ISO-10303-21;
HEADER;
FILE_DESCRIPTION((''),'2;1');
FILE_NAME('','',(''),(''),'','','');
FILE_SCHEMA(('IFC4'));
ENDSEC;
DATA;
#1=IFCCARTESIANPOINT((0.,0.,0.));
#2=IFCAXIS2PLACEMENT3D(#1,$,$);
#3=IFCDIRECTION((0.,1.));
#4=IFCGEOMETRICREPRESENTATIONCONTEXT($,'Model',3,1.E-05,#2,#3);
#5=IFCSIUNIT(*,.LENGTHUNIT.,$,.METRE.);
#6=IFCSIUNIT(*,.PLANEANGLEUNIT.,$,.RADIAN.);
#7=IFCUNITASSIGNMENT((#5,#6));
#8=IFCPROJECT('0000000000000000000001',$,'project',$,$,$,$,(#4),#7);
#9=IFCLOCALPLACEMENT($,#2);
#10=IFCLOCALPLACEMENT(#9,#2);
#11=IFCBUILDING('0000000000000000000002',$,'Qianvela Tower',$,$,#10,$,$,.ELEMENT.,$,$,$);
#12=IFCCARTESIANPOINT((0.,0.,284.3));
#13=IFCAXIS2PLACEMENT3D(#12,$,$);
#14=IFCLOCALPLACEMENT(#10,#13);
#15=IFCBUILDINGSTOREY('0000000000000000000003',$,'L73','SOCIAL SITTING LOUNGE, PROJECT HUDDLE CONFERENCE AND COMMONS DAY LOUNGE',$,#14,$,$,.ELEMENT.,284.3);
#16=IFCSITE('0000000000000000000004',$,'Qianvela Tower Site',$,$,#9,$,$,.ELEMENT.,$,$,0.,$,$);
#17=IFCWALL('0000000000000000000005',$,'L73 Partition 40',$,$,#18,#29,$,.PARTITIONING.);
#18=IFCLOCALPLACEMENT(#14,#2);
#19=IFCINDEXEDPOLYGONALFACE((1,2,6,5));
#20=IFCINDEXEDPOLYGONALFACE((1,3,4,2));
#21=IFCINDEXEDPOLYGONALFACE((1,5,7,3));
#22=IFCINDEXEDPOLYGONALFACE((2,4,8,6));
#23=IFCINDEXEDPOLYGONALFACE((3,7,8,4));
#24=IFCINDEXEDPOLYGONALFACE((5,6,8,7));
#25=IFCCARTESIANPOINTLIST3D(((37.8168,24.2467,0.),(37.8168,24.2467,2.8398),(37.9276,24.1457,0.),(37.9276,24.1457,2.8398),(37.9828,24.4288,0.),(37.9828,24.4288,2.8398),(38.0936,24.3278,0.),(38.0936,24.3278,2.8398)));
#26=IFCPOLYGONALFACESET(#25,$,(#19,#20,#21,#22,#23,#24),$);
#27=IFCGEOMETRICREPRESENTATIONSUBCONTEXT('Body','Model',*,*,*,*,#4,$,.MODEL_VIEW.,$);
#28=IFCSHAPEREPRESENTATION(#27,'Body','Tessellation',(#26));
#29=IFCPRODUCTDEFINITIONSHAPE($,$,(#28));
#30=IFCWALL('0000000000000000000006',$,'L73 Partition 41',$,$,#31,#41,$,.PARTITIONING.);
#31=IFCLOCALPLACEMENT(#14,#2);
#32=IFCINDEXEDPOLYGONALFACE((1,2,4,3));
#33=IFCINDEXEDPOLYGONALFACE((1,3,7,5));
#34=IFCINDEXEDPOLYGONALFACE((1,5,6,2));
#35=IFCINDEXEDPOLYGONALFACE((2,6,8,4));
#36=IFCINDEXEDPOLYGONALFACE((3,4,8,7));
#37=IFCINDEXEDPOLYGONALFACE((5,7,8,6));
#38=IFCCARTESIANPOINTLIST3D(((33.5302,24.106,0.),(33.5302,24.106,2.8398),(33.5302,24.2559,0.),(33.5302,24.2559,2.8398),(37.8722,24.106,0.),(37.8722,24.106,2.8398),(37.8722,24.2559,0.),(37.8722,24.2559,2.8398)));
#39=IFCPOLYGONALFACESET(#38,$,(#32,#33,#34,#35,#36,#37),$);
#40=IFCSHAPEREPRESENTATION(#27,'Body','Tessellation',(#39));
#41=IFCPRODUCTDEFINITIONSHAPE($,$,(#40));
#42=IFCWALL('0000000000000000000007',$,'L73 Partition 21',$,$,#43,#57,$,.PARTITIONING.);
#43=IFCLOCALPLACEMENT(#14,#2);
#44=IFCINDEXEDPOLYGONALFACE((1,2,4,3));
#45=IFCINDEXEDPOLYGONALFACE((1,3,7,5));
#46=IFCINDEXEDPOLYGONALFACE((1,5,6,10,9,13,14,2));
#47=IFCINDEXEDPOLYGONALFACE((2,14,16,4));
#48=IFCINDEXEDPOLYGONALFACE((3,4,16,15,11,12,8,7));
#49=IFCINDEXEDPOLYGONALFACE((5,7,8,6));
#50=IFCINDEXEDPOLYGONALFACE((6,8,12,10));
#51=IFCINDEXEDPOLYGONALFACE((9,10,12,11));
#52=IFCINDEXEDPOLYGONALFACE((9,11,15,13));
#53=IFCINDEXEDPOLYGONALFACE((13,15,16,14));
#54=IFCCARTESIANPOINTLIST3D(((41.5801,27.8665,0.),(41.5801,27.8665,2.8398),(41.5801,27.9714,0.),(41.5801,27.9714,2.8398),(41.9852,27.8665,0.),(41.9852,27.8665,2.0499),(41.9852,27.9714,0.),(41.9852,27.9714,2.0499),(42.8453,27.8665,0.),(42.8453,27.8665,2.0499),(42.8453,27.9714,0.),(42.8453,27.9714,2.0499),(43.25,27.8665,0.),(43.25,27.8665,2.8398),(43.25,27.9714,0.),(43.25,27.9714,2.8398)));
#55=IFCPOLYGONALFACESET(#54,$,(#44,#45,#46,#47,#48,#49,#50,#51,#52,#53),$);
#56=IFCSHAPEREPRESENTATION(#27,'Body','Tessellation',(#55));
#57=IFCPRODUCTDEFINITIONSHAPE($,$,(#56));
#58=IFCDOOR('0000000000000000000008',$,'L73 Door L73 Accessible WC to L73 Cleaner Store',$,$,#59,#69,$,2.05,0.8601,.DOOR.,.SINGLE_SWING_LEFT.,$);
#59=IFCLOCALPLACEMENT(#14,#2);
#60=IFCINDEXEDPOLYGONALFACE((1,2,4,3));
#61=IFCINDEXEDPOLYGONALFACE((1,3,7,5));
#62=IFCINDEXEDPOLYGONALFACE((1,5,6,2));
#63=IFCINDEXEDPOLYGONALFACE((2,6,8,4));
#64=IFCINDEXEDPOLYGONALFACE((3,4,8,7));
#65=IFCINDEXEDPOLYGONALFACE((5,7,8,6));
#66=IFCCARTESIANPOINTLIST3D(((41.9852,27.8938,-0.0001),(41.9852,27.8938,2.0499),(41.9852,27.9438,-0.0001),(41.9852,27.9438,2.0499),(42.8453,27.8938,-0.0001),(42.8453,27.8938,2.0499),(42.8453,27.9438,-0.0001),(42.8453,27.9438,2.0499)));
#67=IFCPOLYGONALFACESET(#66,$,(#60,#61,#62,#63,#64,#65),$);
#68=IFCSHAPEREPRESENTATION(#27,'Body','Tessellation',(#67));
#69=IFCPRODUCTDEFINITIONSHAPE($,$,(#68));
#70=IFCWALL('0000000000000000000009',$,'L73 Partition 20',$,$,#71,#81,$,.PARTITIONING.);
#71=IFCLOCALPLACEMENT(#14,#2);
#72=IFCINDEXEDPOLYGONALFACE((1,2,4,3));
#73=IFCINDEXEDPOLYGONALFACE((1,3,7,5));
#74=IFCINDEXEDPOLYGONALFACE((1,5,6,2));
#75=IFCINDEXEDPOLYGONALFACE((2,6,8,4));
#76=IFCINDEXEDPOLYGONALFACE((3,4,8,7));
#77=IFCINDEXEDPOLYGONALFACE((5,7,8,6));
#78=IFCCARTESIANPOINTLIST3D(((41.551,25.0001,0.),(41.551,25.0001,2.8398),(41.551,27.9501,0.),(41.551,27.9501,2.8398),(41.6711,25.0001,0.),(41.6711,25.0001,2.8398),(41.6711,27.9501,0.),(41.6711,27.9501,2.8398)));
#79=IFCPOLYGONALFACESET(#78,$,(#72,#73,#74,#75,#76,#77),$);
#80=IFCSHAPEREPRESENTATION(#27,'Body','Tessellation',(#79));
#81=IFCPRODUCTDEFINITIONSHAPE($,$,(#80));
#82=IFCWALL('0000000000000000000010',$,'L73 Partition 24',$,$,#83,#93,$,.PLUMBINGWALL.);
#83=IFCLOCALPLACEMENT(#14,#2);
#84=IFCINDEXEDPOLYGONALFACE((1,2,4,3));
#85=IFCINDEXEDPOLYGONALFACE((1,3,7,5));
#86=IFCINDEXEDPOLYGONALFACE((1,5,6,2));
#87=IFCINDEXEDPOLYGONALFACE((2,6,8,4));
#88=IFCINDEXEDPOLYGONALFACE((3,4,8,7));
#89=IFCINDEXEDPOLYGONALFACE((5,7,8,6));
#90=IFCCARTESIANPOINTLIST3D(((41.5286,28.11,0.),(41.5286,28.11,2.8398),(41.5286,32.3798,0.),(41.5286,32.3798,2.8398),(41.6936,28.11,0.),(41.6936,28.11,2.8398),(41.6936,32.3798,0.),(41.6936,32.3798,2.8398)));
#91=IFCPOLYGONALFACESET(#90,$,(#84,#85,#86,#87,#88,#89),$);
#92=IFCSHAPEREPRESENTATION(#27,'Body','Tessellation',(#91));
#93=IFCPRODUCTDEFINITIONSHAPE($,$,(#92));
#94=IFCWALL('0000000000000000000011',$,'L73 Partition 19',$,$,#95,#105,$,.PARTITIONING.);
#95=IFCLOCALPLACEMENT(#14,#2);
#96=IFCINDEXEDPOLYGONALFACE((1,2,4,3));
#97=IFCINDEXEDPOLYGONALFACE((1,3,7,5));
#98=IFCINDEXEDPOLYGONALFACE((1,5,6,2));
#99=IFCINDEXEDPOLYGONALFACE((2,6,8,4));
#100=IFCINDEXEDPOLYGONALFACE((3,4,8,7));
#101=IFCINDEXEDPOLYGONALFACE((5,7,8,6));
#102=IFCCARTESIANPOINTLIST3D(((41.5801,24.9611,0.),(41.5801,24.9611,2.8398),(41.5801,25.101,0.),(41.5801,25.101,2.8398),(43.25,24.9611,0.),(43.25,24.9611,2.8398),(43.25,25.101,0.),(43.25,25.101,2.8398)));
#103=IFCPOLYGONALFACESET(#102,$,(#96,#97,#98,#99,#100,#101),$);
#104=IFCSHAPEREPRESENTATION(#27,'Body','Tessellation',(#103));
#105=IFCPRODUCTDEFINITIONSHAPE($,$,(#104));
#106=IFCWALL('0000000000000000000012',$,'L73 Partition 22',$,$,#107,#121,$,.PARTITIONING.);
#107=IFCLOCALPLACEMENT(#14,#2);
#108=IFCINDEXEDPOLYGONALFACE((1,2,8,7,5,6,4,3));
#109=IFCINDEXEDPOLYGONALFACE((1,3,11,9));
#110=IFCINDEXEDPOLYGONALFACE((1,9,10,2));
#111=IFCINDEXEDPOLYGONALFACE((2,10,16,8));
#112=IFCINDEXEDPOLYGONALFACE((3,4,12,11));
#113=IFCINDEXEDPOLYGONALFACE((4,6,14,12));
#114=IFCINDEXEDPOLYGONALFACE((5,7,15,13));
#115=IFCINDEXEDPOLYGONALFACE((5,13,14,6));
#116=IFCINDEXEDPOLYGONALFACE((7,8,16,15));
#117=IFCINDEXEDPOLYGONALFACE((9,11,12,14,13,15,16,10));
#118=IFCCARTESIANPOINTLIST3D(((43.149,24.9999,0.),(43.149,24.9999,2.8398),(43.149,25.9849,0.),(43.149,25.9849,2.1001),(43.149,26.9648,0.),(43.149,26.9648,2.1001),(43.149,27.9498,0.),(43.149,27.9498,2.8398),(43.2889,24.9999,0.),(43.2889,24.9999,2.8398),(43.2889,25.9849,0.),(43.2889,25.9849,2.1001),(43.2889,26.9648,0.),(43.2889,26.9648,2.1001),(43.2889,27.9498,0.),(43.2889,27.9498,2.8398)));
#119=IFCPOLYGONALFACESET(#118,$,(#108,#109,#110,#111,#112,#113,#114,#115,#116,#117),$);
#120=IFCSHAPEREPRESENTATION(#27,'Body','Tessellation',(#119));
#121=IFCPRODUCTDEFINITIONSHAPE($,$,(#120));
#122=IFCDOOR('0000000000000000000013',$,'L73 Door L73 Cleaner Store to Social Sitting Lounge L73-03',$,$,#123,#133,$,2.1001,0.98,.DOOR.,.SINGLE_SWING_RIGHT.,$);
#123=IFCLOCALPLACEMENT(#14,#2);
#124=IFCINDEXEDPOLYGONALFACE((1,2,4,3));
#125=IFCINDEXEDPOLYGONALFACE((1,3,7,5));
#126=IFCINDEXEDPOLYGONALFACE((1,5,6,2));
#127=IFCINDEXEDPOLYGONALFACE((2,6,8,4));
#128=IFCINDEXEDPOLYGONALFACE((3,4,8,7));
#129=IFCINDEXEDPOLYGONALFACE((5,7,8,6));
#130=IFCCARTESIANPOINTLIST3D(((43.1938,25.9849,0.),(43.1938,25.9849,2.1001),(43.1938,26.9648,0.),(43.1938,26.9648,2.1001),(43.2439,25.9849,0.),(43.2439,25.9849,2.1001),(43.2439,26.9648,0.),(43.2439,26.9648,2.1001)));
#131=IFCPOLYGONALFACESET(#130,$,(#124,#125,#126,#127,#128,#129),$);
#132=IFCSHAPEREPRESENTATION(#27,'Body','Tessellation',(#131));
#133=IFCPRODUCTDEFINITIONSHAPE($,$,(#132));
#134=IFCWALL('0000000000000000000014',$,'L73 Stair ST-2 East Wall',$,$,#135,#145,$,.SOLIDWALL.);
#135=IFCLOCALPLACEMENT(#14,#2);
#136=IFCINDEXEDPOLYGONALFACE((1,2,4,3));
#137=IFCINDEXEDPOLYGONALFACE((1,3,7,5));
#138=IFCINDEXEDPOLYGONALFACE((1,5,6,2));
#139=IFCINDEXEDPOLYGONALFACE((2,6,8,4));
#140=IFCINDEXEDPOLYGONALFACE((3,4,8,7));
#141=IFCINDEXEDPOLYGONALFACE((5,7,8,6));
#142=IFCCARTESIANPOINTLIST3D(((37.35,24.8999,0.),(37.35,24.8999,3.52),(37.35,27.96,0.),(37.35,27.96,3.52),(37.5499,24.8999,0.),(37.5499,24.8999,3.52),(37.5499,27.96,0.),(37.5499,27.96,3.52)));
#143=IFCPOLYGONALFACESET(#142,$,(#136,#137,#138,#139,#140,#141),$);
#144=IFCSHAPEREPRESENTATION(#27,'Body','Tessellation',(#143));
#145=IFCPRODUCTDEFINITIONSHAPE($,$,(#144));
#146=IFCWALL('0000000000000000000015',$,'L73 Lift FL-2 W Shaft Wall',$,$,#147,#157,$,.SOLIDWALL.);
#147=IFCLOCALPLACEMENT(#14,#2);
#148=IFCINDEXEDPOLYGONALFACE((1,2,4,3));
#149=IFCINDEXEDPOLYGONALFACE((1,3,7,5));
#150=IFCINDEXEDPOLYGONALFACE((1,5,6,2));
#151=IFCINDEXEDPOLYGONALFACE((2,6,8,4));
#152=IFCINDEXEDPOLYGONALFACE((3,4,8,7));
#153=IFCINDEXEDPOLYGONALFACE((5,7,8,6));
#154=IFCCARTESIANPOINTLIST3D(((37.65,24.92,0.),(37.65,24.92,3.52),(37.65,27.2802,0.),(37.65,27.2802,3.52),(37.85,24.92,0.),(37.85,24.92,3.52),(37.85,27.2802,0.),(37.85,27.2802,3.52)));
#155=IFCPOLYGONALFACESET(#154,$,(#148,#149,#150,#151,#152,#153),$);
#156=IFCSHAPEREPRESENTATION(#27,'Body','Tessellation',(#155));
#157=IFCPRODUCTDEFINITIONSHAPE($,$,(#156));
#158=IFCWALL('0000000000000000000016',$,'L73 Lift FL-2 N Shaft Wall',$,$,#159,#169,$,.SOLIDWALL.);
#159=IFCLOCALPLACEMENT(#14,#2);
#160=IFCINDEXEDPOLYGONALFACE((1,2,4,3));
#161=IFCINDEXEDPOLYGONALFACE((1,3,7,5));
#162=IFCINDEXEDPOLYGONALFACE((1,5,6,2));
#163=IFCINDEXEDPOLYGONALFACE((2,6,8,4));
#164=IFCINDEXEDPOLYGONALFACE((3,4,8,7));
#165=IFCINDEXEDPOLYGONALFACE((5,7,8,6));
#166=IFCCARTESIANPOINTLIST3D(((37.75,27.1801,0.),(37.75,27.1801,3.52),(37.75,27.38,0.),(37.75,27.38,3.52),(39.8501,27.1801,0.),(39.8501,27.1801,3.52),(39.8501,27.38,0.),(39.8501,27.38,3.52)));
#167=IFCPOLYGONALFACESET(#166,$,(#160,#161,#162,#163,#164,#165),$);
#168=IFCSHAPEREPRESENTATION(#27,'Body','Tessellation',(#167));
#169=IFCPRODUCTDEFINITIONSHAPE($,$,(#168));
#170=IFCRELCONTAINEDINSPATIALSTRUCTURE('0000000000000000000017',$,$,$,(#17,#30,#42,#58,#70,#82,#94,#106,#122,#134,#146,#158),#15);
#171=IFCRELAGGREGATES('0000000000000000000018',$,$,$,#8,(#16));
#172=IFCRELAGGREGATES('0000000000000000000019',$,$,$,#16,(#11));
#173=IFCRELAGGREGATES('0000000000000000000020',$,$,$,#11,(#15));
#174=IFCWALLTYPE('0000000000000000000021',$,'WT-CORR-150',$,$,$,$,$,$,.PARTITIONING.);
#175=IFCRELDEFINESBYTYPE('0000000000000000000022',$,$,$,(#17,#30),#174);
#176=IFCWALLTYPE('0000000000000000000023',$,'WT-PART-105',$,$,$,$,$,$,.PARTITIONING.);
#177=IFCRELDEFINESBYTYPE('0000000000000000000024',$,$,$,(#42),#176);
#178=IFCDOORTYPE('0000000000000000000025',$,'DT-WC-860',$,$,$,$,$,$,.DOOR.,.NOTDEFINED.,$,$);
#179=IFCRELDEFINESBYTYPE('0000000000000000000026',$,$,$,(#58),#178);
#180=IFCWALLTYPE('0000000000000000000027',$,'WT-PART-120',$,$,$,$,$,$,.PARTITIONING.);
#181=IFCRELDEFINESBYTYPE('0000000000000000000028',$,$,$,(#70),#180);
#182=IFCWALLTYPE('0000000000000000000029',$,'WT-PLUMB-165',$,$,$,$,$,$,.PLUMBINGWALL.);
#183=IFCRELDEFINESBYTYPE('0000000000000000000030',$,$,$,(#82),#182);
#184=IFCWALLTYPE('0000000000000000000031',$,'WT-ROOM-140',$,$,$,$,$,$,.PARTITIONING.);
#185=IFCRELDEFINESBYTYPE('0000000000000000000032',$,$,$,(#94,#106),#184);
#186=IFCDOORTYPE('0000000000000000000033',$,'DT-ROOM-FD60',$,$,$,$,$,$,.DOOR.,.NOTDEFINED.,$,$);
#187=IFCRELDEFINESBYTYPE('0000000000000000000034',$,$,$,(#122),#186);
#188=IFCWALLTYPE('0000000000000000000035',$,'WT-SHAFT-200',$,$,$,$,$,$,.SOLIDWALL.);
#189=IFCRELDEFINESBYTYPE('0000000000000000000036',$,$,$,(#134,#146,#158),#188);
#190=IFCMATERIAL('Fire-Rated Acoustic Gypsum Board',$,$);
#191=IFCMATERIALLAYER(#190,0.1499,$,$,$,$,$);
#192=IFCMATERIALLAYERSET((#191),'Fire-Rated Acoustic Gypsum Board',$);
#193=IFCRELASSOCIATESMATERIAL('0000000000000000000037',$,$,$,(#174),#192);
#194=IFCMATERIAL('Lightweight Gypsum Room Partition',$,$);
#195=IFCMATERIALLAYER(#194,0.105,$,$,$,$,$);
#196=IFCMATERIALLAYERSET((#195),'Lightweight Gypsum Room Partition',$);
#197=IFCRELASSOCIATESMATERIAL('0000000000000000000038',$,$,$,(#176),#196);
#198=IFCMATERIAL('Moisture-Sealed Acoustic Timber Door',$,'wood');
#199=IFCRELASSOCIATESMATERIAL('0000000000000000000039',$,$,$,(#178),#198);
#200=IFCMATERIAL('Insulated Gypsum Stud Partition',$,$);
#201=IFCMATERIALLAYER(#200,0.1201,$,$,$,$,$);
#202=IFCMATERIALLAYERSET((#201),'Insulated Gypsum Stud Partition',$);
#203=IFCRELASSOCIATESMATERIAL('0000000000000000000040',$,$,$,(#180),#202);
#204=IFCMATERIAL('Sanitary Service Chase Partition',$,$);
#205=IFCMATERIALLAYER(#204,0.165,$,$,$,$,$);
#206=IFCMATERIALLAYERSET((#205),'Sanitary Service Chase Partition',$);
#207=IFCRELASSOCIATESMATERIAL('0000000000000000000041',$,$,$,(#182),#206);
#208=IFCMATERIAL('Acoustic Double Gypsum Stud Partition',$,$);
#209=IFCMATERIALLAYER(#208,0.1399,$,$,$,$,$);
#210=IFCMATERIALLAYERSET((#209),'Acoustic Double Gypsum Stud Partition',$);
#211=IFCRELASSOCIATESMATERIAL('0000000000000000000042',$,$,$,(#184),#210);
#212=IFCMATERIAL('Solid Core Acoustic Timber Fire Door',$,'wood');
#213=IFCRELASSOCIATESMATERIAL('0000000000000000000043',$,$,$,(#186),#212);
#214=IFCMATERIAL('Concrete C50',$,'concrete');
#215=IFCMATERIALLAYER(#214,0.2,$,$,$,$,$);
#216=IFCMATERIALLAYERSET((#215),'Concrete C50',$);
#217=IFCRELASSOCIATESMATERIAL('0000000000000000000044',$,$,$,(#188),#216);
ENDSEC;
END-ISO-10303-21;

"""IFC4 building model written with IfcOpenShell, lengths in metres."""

from ifc_helpers import new_model, si_unit, direction, frame, frame_2d, origin, place, context, subcontext, project, spatial, rectangle, extrude, material, layer, layer_set, type_object, element, fill, save


model = new_model("IFC4")

# Units and contexts
model_context = context("Model", 3, precision=1e-05, world=origin(), true_north=direction((0.0, 1.0)))
body_context = subcontext(model_context, "Body", "Model", "MODEL_VIEW")
ifc_project = project(units=[si_unit("LENGTHUNIT", "METRE"), si_unit("PLANEANGLEUNIT", "RADIAN")], contexts=[model_context])

# Site, building, storey
site_placement = place(None, origin())
site = spatial("IfcSite", under=ifc_project, at=site_placement, Name="Qianvela Tower Site", CompositionType="ELEMENT", RefElevation=0.0)
building_placement = place(site_placement, origin())
building = spatial("IfcBuilding", under=site, at=building_placement, Name="Qianvela Tower", CompositionType="ELEMENT")
storey_placement = place(building_placement, frame((0.0, 0.0, 284.3)))
storey = spatial("IfcBuildingStorey", under=building, at=storey_placement, Name="L73", Description="SOCIAL SITTING LOUNGE, PROJECT HUDDLE CONFERENCE AND COMMONS DAY LOUNGE", CompositionType="ELEMENT", Elevation=284.3)

# Walls
ifc_material_1 = material(Name="Fire-Rated Acoustic Gypsum Board")
ifc_layer_1 = layer(ifc_material_1, 0.1499)
ifc_layer_set_1 = layer_set([ifc_layer_1], Name="Fire-Rated Acoustic Gypsum Board")
wall_type_1 = type_object("IfcWallType", Name="WT-CORR-150", PredefinedType="PARTITIONING", material=ifc_layer_set_1)
wall_1_placement = place(storey_placement, frame((38.0381, 24.3782, 0.0), z_axis=(0.0, 0.0, 1.0), x_axis=(-0.673658, -0.739043, 0.0)))
element("IfcWall", 1, at=wall_1_placement, inside=storey, type_object=wall_type_1, Name="L73 Partition 40", PredefinedType="PARTITIONING", context=body_context, shape_type="SweptSolid", body=[
    extrude(rectangle(XDim=0.2463, YDim=0.1499, at=frame_2d((0.123, 0.0))), origin(), (0.0, 0.0, 1.0), 2.8398),
])
wall_2_placement = place(storey_placement, frame((37.8721, 24.1809, 0.0), z_axis=(0.0, 0.0, 1.0), x_axis=(-1.0, 0.0, 0.0)))
element("IfcWall", 2, at=wall_2_placement, inside=storey, type_object=wall_type_1, Name="L73 Partition 41", PredefinedType="PARTITIONING", context=body_context, shape_type="SweptSolid", body=[
    extrude(rectangle(XDim=4.342, YDim=0.1499, at=frame_2d((2.1709, 0.0))), origin(), (0.0, 0.0, 1.0), 2.8398),
])

# Wall, opening, door
ifc_material_2 = material(Name="Lightweight Gypsum Room Partition")
ifc_layer_2 = layer(ifc_material_2, 0.105)
ifc_layer_set_2 = layer_set([ifc_layer_2], Name="Lightweight Gypsum Room Partition")
wall_type_2 = type_object("IfcWallType", Name="WT-PART-105", PredefinedType="PARTITIONING", material=ifc_layer_set_2)
wall_3_placement = place(storey_placement, frame((41.5801, 27.9189, 0.0), z_axis=(0.0, 0.0, 1.0), x_axis=(1.0, 0.0, 0.0)))
wall_3 = element("IfcWall", 3, at=wall_3_placement, inside=storey, type_object=wall_type_2, Name="L73 Partition 21", PredefinedType="PARTITIONING", context=body_context, shape_type="SweptSolid", body=[
    extrude(rectangle(XDim=1.6699, YDim=0.105, at=frame_2d((0.835, 0.0))), origin(), (0.0, 0.0, 1.0), 2.8398),
])
opening_1_placement = place(wall_3_placement, frame((0.405, 0.0, 0.0)))
opening_1 = element("IfcOpeningElement", 4, at=opening_1_placement, cuts=wall_3, PredefinedType="OPENING", context=body_context, shape_type="SweptSolid", body=[
    extrude(rectangle(XDim=0.8601, YDim=2.05, at=frame_2d((0.4302, 1.0249))), frame((0.0, 0.0625, 0.0), z_axis=(0.0, -1.0, 0.0), x_axis=(1.0, 0.0, 0.0)), (0.0, 0.0, 1.0), 0.125),
])
ifc_material_3 = material(Name="Moisture-Sealed Acoustic Timber Door", Category="wood")
door_type_1 = type_object("IfcDoorType", Name="DT-WC-860", OperationType="NOTDEFINED", PredefinedType="DOOR", material=ifc_material_3)
door_1_placement = place(opening_1_placement, origin())
door_1 = element("IfcDoor", 5, at=door_1_placement, inside=storey, type_object=door_type_1, Name="L73 Door L73 Accessible WC to L73 Cleaner Store", OperationType="SINGLE_SWING_LEFT", OverallHeight=2.05, OverallWidth=0.8601, PredefinedType="DOOR", context=body_context, shape_type="SweptSolid", body=[
    extrude(rectangle(XDim=0.8601, YDim=2.05, at=frame_2d((0.4302, 1.0249))), frame((0.0, 0.0249, 0.0), z_axis=(0.0, -1.0, 0.0), x_axis=(1.0, 0.0, 0.0)), (0.0, 0.0, 1.0), 0.05),
])
fill(opening_1, door_1)

# Walls
ifc_material_4 = material(Name="Insulated Gypsum Stud Partition")
ifc_layer_3 = layer(ifc_material_4, 0.1201)
ifc_layer_set_3 = layer_set([ifc_layer_3], Name="Insulated Gypsum Stud Partition")
wall_type_3 = type_object("IfcWallType", Name="WT-PART-120", PredefinedType="PARTITIONING", material=ifc_layer_set_3)
wall_4_placement = place(storey_placement, frame((41.6111, 25.0, 0.0), z_axis=(0.0, 0.0, 1.0), x_axis=(0.0, 1.0, 0.0)))
element("IfcWall", 6, at=wall_4_placement, inside=storey, type_object=wall_type_3, Name="L73 Partition 20", PredefinedType="PARTITIONING", context=body_context, shape_type="SweptSolid", body=[
    extrude(rectangle(XDim=2.95, YDim=0.1201, at=frame_2d((1.4751, 0.0))), origin(), (0.0, 0.0, 1.0), 2.8398),
])
ifc_material_5 = material(Name="Sanitary Service Chase Partition")
ifc_layer_4 = layer(ifc_material_5, 0.165)
ifc_layer_set_4 = layer_set([ifc_layer_4], Name="Sanitary Service Chase Partition")
wall_type_4 = type_object("IfcWallType", Name="WT-PLUMB-165", PredefinedType="PLUMBINGWALL", material=ifc_layer_set_4)
wall_5_placement = place(storey_placement, frame((41.6111, 28.1101, 0.0), z_axis=(0.0, 0.0, 1.0), x_axis=(0.0, 1.0, 0.0)))
element("IfcWall", 7, at=wall_5_placement, inside=storey, type_object=wall_type_4, Name="L73 Partition 24", PredefinedType="PLUMBINGWALL", context=body_context, shape_type="SweptSolid", body=[
    extrude(rectangle(XDim=4.2698, YDim=0.165, at=frame_2d((2.1348, 0.0))), origin(), (0.0, 0.0, 1.0), 2.8398),
])
ifc_material_6 = material(Name="Acoustic Double Gypsum Stud Partition")
ifc_layer_5 = layer(ifc_material_6, 0.1399)
ifc_layer_set_5 = layer_set([ifc_layer_5], Name="Acoustic Double Gypsum Stud Partition")
wall_type_5 = type_object("IfcWallType", Name="WT-ROOM-140", PredefinedType="PARTITIONING", material=ifc_layer_set_5)
wall_6_placement = place(storey_placement, frame((43.25, 25.031, 0.0), z_axis=(0.0, 0.0, 1.0), x_axis=(-1.0, 0.0, 0.0)))
element("IfcWall", 8, at=wall_6_placement, inside=storey, type_object=wall_type_5, Name="L73 Partition 19", PredefinedType="PARTITIONING", context=body_context, shape_type="SweptSolid", body=[
    extrude(rectangle(XDim=1.6699, YDim=0.1399, at=frame_2d((0.835, 0.0))), origin(), (0.0, 0.0, 1.0), 2.8398),
])

# Wall, opening, door
wall_7_placement = place(storey_placement, frame((43.219, 27.95, 0.0), z_axis=(0.0, 0.0, 1.0), x_axis=(0.0, -1.0, 0.0)))
wall_7 = element("IfcWall", 9, at=wall_7_placement, inside=storey, type_object=wall_type_5, Name="L73 Partition 22", PredefinedType="PARTITIONING", context=body_context, shape_type="SweptSolid", body=[
    extrude(rectangle(XDim=2.95, YDim=0.1399, at=frame_2d((1.4751, 0.0))), origin(), (0.0, 0.0, 1.0), 2.8398),
])
opening_2_placement = place(wall_7_placement, frame((0.9851, 0.0, 0.0)))
opening_2 = element("IfcOpeningElement", 10, at=opening_2_placement, cuts=wall_7, PredefinedType="OPENING", context=body_context, shape_type="SweptSolid", body=[
    extrude(rectangle(XDim=0.98, YDim=2.1001, at=frame_2d((0.49, 1.05))), frame((0.0, 0.0798, 0.0), z_axis=(0.0, -1.0, 0.0), x_axis=(1.0, 0.0, 0.0)), (0.0, 0.0, 1.0), 0.1599),
])
ifc_material_7 = material(Name="Solid Core Acoustic Timber Fire Door", Category="wood")
door_type_2 = type_object("IfcDoorType", Name="DT-ROOM-FD60", OperationType="NOTDEFINED", PredefinedType="DOOR", material=ifc_material_7)
door_2_placement = place(opening_2_placement, origin())
door_2 = element("IfcDoor", 11, at=door_2_placement, inside=storey, type_object=door_type_2, Name="L73 Door L73 Cleaner Store to Social Sitting Lounge L73-03", OperationType="SINGLE_SWING_RIGHT", OverallHeight=2.1001, OverallWidth=0.98, PredefinedType="DOOR", context=body_context, shape_type="SweptSolid", body=[
    extrude(rectangle(XDim=0.98, YDim=2.1001, at=frame_2d((0.49, 1.05))), frame((0.0, 0.0249, 0.0), z_axis=(0.0, -1.0, 0.0), x_axis=(1.0, 0.0, 0.0)), (0.0, 0.0, 1.0), 0.05),
])
fill(opening_2, door_2)

# Wall
ifc_material_8 = material(Name="Concrete C50", Category="concrete")
ifc_layer_6 = layer(ifc_material_8, 0.2)
ifc_layer_set_6 = layer_set([ifc_layer_6], Name="Concrete C50")
wall_type_6 = type_object("IfcWallType", Name="WT-SHAFT-200", PredefinedType="SOLIDWALL", material=ifc_layer_set_6)
wall_8_placement = place(storey_placement, frame((37.45, 24.8999, 0.0), z_axis=(0.0, 0.0, 1.0), x_axis=(0.0, 1.0, 0.0)))
element("IfcWall", 12, at=wall_8_placement, inside=storey, type_object=wall_type_6, Name="L73 Stair ST-2 East Wall", PredefinedType="SOLIDWALL", context=body_context, shape_type="SweptSolid", body=[
    extrude(rectangle(XDim=3.0601, YDim=0.2, at=frame_2d((1.53, 0.0))), origin(), (0.0, 0.0, 1.0), 3.52),
])

# Walls
wall_9_placement = place(storey_placement, frame((37.75, 24.9199, 0.0), z_axis=(0.0, 0.0, 1.0), x_axis=(0.0, 1.0, 0.0)))
element("IfcWall", 13, at=wall_9_placement, inside=storey, type_object=wall_type_6, Name="L73 Lift FL-2 W Shaft Wall", PredefinedType="SOLIDWALL", context=body_context, shape_type="SweptSolid", body=[
    extrude(rectangle(XDim=2.3601, YDim=0.2, at=frame_2d((1.1802, 0.0))), origin(), (0.0, 0.0, 1.0), 3.52),
])
wall_10_placement = place(storey_placement, frame((37.75, 27.28, 0.0), z_axis=(0.0, 0.0, 1.0), x_axis=(1.0, 0.0, 0.0)))
element("IfcWall", 14, at=wall_10_placement, inside=storey, type_object=wall_type_6, Name="L73 Lift FL-2 N Shaft Wall", PredefinedType="SOLIDWALL", context=body_context, shape_type="SweptSolid", body=[
    extrude(rectangle(XDim=2.1001, YDim=0.2, at=frame_2d((1.05, 0.0))), origin(), (0.0, 0.0, 1.0), 3.52),
])

save(model, "model.ifc")
